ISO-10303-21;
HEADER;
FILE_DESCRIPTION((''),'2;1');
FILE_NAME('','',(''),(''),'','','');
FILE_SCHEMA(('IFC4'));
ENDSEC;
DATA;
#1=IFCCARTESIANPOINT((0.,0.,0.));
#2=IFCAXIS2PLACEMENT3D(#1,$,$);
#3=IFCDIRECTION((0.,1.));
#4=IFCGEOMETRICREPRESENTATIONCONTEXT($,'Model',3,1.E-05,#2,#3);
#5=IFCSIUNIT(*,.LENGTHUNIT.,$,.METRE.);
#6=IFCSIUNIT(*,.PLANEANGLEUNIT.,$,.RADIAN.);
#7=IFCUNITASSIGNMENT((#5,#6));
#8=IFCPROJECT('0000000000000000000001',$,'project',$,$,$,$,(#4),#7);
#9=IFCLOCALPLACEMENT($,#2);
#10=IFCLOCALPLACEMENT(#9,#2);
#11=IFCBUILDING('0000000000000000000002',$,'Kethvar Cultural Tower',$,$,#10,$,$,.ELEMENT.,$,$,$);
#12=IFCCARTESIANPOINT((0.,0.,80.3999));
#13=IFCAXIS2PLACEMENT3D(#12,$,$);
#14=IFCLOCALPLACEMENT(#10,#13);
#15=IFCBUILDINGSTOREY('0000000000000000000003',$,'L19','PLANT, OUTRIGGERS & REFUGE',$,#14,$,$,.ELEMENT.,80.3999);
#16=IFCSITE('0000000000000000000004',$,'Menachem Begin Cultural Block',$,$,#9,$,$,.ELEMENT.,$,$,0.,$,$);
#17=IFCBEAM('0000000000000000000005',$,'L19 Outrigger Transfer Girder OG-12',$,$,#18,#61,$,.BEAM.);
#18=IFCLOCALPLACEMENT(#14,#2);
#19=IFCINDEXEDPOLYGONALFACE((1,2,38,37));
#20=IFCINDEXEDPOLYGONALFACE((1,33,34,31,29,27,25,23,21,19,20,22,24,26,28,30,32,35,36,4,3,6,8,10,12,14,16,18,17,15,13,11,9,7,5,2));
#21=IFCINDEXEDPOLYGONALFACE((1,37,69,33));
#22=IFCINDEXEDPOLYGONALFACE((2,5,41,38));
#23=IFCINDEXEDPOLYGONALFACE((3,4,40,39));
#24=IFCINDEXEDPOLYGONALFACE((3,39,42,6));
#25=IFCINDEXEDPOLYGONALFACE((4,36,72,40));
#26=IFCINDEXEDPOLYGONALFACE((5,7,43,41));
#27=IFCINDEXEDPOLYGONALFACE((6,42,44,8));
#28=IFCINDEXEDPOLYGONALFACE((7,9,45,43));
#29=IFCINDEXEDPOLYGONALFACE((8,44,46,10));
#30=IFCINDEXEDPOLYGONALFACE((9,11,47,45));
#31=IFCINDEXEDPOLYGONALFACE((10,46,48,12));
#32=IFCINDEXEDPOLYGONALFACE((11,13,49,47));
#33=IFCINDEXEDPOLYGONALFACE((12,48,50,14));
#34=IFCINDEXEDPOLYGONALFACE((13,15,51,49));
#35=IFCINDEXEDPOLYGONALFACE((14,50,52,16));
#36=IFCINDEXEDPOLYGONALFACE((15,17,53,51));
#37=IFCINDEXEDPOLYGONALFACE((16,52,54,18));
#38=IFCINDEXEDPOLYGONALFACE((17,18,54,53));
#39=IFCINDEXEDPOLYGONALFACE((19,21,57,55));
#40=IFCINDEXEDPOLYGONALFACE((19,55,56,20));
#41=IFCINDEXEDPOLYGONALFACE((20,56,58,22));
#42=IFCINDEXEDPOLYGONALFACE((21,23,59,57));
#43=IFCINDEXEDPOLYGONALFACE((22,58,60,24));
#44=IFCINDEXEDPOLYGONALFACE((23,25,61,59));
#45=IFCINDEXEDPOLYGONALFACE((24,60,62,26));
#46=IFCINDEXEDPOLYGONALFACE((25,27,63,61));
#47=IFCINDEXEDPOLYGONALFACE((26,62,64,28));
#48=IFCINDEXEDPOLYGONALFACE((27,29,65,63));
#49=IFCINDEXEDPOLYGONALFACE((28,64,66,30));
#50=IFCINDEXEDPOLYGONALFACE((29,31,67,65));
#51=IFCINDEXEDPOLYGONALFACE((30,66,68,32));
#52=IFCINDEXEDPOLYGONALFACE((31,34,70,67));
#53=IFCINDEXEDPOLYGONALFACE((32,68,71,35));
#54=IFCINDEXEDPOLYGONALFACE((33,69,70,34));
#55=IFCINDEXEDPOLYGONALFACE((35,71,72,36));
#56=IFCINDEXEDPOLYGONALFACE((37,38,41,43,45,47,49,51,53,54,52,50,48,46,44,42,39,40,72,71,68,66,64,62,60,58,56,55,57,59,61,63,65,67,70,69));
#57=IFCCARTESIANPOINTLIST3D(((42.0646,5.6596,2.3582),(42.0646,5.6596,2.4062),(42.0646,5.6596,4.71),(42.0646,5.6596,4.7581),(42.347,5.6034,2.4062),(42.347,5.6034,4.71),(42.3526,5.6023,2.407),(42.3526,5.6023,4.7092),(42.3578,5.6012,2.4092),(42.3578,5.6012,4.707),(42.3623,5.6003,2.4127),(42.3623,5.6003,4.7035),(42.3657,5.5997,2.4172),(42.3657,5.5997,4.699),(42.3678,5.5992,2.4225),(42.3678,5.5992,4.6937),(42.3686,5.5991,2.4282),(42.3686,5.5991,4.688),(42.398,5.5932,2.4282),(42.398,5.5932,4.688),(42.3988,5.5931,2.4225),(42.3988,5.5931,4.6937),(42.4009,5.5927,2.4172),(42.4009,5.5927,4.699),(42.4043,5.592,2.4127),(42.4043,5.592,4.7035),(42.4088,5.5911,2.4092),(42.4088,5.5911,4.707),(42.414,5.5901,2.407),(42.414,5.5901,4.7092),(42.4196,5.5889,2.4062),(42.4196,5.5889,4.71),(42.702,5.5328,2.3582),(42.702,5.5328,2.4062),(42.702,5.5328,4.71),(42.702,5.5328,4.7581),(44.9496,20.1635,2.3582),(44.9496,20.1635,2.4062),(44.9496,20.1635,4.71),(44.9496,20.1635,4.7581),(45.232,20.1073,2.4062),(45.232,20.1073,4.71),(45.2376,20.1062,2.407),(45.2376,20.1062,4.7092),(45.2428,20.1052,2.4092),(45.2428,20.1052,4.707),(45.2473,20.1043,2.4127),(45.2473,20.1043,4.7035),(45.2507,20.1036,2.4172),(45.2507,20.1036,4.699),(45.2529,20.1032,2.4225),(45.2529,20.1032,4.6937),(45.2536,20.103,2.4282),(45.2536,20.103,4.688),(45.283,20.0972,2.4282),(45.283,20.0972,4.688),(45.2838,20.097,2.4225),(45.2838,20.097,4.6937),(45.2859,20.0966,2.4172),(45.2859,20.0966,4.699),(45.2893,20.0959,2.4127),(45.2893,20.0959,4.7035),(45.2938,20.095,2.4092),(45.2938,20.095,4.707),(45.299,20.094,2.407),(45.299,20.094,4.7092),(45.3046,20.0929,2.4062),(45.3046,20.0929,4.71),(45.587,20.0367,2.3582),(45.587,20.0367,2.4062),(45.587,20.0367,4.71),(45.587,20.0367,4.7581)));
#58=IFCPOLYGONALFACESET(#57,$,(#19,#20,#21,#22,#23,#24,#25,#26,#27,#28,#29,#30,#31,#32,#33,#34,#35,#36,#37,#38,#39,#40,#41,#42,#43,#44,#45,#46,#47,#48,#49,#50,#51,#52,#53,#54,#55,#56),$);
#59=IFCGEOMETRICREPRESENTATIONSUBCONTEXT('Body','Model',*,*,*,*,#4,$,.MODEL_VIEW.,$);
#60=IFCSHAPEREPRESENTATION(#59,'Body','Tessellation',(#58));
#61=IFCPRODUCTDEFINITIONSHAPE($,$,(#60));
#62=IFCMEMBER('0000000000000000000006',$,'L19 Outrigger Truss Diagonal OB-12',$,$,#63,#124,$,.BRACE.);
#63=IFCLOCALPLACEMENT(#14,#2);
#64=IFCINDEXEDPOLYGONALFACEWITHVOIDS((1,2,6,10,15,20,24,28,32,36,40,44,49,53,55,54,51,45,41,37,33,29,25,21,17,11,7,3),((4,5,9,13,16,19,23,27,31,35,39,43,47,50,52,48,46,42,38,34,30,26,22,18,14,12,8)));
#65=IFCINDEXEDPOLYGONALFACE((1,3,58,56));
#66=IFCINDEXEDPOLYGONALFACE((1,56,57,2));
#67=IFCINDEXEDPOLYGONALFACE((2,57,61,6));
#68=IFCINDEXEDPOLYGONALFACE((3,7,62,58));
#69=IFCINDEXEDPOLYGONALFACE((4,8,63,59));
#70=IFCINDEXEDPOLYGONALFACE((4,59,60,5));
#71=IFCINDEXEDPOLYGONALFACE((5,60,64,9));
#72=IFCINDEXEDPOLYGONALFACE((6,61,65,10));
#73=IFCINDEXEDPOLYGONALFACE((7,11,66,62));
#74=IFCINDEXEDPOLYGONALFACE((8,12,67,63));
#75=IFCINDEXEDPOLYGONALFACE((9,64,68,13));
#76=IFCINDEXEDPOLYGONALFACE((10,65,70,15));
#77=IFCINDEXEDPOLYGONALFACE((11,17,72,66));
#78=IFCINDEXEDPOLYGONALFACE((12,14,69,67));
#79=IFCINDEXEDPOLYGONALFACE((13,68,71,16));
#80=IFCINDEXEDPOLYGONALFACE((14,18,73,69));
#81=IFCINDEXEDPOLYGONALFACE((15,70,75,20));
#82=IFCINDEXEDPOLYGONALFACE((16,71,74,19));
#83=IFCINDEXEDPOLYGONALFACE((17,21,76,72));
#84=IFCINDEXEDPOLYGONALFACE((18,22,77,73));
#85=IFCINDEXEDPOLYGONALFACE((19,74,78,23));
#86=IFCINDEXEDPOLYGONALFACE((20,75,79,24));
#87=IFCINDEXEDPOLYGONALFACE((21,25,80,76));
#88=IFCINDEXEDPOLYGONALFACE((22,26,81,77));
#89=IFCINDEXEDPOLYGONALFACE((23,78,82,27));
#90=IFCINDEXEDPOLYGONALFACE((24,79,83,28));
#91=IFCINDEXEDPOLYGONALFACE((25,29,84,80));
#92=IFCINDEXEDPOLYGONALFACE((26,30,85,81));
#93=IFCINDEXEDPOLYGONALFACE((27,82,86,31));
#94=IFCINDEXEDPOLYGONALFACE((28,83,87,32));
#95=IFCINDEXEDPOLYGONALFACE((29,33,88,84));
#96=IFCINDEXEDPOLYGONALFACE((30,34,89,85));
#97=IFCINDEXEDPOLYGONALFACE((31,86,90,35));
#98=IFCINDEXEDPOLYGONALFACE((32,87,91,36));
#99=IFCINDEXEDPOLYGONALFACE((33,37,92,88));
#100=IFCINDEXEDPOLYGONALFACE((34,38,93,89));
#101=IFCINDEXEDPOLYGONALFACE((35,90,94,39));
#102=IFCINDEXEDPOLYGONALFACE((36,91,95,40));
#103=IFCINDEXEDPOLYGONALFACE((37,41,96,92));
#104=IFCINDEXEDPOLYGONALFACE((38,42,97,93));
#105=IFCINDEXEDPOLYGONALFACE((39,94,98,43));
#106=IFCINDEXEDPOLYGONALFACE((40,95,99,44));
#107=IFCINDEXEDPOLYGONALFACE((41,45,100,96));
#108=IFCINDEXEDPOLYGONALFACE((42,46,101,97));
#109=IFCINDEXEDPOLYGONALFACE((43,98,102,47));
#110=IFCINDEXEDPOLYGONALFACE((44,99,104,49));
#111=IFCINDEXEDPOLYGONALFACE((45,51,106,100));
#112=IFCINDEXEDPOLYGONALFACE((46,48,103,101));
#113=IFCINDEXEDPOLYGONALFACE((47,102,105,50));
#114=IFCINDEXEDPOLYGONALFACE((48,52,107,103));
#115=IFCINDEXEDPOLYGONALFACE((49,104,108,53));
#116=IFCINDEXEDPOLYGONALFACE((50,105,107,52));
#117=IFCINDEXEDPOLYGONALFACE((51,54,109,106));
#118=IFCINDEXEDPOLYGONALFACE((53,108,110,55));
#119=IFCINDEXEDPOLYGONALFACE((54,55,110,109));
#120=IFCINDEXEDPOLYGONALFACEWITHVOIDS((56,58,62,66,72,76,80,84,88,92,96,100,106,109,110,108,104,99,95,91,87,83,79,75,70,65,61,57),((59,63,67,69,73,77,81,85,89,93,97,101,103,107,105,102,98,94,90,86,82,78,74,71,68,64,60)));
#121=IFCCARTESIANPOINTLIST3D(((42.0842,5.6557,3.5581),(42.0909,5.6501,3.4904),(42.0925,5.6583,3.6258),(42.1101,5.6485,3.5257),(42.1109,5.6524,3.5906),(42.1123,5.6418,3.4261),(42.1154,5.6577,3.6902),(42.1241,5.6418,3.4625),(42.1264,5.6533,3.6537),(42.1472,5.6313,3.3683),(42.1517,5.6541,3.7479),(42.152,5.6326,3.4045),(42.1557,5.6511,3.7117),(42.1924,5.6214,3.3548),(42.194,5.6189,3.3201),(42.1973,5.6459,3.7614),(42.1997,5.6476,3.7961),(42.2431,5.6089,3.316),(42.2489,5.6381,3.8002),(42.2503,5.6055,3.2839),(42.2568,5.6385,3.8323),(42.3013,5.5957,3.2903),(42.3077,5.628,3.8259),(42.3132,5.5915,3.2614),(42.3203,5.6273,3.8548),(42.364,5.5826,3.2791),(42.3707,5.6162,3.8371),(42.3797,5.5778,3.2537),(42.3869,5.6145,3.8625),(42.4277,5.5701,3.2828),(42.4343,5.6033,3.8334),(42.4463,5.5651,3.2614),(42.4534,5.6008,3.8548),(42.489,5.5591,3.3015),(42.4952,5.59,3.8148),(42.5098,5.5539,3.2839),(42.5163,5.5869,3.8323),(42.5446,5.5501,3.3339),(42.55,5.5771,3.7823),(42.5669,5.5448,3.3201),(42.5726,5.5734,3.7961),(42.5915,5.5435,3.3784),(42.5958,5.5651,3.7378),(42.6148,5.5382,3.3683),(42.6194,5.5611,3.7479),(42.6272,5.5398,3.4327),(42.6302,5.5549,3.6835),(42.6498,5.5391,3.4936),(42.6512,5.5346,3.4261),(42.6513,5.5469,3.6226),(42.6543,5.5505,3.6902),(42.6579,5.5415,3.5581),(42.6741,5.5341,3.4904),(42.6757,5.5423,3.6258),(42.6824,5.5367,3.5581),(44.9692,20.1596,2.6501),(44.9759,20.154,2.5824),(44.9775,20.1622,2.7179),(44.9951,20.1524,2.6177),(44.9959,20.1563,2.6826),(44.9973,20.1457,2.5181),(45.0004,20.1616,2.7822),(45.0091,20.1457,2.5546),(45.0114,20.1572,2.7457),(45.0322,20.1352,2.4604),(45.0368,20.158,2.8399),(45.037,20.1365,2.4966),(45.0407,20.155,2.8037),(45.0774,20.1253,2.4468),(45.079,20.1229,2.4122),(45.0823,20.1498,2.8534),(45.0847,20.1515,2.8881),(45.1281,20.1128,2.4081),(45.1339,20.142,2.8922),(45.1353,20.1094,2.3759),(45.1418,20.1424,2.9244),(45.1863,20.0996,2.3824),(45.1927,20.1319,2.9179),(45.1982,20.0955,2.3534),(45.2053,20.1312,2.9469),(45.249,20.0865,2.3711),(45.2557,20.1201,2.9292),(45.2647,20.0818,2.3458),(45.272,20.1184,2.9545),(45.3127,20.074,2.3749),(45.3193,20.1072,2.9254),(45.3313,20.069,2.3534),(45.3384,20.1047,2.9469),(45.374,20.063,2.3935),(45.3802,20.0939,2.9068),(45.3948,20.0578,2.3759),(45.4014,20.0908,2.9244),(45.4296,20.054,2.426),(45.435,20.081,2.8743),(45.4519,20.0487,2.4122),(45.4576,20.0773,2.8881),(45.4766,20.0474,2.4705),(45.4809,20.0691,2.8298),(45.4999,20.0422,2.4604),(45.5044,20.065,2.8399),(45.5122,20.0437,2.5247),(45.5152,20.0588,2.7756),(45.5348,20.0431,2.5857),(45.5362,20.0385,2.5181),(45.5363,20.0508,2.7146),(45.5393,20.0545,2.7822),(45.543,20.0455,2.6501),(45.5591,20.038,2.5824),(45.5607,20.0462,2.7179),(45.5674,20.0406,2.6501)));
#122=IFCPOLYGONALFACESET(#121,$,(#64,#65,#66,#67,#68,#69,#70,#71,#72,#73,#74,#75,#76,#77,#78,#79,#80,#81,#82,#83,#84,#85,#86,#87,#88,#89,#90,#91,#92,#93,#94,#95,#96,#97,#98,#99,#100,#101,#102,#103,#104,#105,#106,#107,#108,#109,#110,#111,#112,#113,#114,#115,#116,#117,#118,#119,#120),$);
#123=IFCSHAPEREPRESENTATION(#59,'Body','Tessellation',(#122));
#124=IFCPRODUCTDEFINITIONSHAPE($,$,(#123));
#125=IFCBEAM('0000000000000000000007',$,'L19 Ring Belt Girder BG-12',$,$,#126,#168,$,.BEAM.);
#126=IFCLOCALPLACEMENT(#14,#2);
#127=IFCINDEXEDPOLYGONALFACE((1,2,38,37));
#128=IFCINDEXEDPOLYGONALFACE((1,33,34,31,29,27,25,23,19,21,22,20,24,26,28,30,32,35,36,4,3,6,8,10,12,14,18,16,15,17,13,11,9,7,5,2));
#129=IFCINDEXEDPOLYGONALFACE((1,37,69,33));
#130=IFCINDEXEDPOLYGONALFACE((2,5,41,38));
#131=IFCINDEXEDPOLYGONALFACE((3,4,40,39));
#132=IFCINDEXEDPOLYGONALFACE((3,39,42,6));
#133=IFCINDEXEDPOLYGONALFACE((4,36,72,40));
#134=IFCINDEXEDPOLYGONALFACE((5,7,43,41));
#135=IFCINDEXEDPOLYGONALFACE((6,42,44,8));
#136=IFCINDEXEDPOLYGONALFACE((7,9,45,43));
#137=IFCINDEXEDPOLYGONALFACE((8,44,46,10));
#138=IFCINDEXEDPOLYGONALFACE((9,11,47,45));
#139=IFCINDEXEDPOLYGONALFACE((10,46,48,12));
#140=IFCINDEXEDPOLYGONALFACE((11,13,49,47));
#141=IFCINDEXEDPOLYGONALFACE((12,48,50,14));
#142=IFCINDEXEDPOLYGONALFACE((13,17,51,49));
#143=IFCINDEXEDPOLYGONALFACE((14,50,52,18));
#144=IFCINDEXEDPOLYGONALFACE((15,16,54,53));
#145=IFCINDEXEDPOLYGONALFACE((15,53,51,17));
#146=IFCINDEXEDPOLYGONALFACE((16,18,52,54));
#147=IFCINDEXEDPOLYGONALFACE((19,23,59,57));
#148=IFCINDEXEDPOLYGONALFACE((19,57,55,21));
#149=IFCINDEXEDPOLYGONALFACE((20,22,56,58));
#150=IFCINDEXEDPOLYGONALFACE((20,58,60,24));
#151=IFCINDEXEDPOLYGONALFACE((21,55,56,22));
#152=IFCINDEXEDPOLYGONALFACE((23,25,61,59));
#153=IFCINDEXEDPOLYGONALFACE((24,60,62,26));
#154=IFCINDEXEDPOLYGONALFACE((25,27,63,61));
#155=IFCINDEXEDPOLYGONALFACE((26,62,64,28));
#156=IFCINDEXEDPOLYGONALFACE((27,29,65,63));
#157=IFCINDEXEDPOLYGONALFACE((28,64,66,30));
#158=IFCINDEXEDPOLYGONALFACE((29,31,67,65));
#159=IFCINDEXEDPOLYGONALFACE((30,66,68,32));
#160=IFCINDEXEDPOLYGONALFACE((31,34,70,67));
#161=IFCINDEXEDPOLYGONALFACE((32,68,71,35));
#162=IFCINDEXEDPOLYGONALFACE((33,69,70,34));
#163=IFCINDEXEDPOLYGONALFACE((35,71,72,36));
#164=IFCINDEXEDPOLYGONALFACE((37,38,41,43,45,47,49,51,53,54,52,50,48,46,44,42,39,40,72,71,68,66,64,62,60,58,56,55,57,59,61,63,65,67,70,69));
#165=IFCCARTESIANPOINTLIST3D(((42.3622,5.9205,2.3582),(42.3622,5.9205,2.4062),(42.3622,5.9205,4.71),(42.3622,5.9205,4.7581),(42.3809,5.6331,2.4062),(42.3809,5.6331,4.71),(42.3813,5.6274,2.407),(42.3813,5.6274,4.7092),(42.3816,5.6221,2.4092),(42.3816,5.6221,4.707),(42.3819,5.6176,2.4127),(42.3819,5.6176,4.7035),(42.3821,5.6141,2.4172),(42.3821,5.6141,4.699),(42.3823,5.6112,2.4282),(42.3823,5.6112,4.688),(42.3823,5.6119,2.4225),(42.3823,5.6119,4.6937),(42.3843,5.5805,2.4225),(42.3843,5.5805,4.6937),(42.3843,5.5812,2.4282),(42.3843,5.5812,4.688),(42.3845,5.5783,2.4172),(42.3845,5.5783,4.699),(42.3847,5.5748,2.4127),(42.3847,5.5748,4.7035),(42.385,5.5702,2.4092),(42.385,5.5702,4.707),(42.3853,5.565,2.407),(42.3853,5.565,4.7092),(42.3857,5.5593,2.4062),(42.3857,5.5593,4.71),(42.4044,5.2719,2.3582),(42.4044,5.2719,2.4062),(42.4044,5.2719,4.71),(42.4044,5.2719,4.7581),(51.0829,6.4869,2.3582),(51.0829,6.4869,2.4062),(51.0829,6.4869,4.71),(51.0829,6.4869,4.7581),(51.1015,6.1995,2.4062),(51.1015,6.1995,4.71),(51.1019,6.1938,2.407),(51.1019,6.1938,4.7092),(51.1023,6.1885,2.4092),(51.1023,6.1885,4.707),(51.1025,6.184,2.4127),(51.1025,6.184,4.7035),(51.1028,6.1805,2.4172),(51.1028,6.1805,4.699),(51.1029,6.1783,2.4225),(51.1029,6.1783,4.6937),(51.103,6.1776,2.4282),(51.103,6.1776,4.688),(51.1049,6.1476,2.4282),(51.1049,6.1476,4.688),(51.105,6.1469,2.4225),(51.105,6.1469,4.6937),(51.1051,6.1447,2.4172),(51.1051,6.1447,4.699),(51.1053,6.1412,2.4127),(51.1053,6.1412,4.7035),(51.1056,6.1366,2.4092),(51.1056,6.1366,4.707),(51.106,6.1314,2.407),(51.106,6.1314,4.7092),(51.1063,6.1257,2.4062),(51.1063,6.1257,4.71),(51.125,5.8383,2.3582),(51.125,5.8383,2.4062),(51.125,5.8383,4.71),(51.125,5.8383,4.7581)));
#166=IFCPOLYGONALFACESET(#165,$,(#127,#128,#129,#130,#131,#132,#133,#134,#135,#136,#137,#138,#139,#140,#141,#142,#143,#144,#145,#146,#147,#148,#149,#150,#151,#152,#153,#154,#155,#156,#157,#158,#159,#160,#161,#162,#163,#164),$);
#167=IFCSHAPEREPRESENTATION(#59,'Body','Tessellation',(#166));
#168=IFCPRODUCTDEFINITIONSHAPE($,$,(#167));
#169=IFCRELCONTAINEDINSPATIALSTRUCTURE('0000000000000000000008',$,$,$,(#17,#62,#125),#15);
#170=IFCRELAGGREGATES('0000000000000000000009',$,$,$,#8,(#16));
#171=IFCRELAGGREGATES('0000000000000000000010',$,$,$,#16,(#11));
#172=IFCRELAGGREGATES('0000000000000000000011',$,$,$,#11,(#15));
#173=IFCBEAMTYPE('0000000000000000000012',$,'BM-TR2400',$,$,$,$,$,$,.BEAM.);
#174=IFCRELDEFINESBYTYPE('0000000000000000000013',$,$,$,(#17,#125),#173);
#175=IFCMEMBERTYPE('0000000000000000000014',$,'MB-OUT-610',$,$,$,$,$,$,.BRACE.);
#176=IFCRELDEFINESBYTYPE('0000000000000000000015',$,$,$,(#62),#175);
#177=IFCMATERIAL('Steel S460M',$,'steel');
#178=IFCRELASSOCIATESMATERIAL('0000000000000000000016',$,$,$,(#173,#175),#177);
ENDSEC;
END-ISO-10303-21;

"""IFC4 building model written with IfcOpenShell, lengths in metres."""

from ifc_helpers import new_model, si_unit, direction, frame, origin, origin_2d, place, context, subcontext, project, spatial, hollow_circle, i_section, extrude, source, transform, mapped, material, material_profile, profile_set, type_object, element, save


model = new_model("IFC4")

# Units and contexts
model_context = context("Model", 3, precision=1e-05, world=origin(), true_north=direction((0.0, 1.0)))
body_context = subcontext(model_context, "Body", "Model", "MODEL_VIEW")
ifc_project = project(units=[si_unit("LENGTHUNIT", "METRE"), si_unit("PLANEANGLEUNIT", "RADIAN")], contexts=[model_context])

# Site, building, storey
site_placement = place(None, origin())
site = spatial("IfcSite", under=ifc_project, at=site_placement, Name="Menachem Begin Cultural Block", CompositionType="ELEMENT", RefElevation=0.0)
building_placement = place(site_placement, origin())
building = spatial("IfcBuilding", under=site, at=building_placement, Name="Kethvar Cultural Tower", CompositionType="ELEMENT")
storey_placement = place(building_placement, frame((0.0, 0.0, 80.3999)))
storey = spatial("IfcBuildingStorey", under=building, at=storey_placement, Name="L19", Description="PLANT, OUTRIGGERS & REFUGE", CompositionType="ELEMENT", Elevation=80.3999)

# Shared definitions
ifc_material_1 = material(Name="Steel S460M", Category="steel")

# Shared definitions
ifc_material_profile_1 = material_profile(ifc_material_1, i_section(OverallWidth=0.6499, OverallDepth=2.3999, WebThickness=0.03, FlangeThickness=0.0481, FilletRadius=0.022, at=origin_2d()), Name="Steel S460M — PG2400x650x48x30")
ifc_profile_set_1 = profile_set([ifc_material_profile_1], Name="Steel S460M — PG2400x650x48x30")
beam_type = type_object("IfcBeamType", Name="BM-TR2400", PredefinedType="BEAM", material=ifc_profile_set_1)

# Shared definitions
ifc_material_profile_2 = material_profile(ifc_material_1, hollow_circle(Radius=0.3049, WallThickness=0.0249, at=origin_2d()), Name="Steel S460M — CHS610x25")
ifc_profile_set_2 = profile_set([ifc_material_profile_2], Name="Steel S460M — CHS610x25")
member_type_1 = type_object("IfcMemberType", Name="MB-OUT-610", PredefinedType="BRACE", material=ifc_profile_set_2)

# Beam
shared_shape_1 = source(origin(), body_context, "Body", "SweptSolid", [
    extrude(i_section(OverallWidth=0.6499, OverallDepth=2.3999, WebThickness=0.03, FlangeThickness=0.0481, FilletRadius=0.022, at=origin_2d()), origin(), (0.0, 0.0, 1.0), 14.7881),
])
beam_1_placement = place(storey_placement, frame((45.2683, 20.1001, 3.5581), z_axis=(-0.195091, -0.980785, 0.0), x_axis=(0.980785, -0.195091, 0.0)))
element("IfcBeam", 1, at=beam_1_placement, inside=storey, type_object=beam_type, Name="L19 Outrigger Transfer Girder OG-12", PredefinedType="BEAM", context=body_context, shape_type="MappedRepresentation", body=[
    mapped(shared_shape_1, transform((0.0, 0.0, 0.0), scale=1.0)),
])

# Member
shared_shape_2 = source(origin(), body_context, "Body", "SweptSolid", [
    extrude(hollow_circle(Radius=0.3049, WallThickness=0.0249, at=origin_2d()), origin(), (0.0, 0.0, 1.0), 14.8159),
])
member_1_placement = place(storey_placement, frame((45.2683, 20.1001, 2.6501), z_axis=(-0.194724, -0.978942, 0.061283), x_axis=(0.980785, -0.195091, 0.0)))
element("IfcMember", 2, at=member_1_placement, inside=storey, type_object=member_type_1, Name="L19 Outrigger Truss Diagonal OB-12", PredefinedType="BRACE", context=body_context, shape_type="MappedRepresentation", body=[
    mapped(shared_shape_2, transform((0.0, 0.0, 0.0), scale=1.0)),
])

# Beam
shared_shape_3 = source(origin(), body_context, "Body", "SweptSolid", [
    extrude(i_section(OverallWidth=0.6499, OverallDepth=2.3999, WebThickness=0.03, FlangeThickness=0.0481, FilletRadius=0.022, at=origin_2d()), origin(), (0.0, 0.0, 1.0), 8.739),
])
beam_2_placement = place(storey_placement, frame((42.3833, 5.5962, 3.5581), z_axis=(0.997897, 0.064813, 0.0), x_axis=(-0.064813, 0.997897, 0.0)))
element("IfcBeam", 3, at=beam_2_placement, inside=storey, type_object=beam_type, Name="L19 Ring Belt Girder BG-12", PredefinedType="BEAM", context=body_context, shape_type="MappedRepresentation", body=[
    mapped(shared_shape_3, transform((0.0, 0.0, 0.0), scale=1.0)),
])

save(model, "model.ifc")
